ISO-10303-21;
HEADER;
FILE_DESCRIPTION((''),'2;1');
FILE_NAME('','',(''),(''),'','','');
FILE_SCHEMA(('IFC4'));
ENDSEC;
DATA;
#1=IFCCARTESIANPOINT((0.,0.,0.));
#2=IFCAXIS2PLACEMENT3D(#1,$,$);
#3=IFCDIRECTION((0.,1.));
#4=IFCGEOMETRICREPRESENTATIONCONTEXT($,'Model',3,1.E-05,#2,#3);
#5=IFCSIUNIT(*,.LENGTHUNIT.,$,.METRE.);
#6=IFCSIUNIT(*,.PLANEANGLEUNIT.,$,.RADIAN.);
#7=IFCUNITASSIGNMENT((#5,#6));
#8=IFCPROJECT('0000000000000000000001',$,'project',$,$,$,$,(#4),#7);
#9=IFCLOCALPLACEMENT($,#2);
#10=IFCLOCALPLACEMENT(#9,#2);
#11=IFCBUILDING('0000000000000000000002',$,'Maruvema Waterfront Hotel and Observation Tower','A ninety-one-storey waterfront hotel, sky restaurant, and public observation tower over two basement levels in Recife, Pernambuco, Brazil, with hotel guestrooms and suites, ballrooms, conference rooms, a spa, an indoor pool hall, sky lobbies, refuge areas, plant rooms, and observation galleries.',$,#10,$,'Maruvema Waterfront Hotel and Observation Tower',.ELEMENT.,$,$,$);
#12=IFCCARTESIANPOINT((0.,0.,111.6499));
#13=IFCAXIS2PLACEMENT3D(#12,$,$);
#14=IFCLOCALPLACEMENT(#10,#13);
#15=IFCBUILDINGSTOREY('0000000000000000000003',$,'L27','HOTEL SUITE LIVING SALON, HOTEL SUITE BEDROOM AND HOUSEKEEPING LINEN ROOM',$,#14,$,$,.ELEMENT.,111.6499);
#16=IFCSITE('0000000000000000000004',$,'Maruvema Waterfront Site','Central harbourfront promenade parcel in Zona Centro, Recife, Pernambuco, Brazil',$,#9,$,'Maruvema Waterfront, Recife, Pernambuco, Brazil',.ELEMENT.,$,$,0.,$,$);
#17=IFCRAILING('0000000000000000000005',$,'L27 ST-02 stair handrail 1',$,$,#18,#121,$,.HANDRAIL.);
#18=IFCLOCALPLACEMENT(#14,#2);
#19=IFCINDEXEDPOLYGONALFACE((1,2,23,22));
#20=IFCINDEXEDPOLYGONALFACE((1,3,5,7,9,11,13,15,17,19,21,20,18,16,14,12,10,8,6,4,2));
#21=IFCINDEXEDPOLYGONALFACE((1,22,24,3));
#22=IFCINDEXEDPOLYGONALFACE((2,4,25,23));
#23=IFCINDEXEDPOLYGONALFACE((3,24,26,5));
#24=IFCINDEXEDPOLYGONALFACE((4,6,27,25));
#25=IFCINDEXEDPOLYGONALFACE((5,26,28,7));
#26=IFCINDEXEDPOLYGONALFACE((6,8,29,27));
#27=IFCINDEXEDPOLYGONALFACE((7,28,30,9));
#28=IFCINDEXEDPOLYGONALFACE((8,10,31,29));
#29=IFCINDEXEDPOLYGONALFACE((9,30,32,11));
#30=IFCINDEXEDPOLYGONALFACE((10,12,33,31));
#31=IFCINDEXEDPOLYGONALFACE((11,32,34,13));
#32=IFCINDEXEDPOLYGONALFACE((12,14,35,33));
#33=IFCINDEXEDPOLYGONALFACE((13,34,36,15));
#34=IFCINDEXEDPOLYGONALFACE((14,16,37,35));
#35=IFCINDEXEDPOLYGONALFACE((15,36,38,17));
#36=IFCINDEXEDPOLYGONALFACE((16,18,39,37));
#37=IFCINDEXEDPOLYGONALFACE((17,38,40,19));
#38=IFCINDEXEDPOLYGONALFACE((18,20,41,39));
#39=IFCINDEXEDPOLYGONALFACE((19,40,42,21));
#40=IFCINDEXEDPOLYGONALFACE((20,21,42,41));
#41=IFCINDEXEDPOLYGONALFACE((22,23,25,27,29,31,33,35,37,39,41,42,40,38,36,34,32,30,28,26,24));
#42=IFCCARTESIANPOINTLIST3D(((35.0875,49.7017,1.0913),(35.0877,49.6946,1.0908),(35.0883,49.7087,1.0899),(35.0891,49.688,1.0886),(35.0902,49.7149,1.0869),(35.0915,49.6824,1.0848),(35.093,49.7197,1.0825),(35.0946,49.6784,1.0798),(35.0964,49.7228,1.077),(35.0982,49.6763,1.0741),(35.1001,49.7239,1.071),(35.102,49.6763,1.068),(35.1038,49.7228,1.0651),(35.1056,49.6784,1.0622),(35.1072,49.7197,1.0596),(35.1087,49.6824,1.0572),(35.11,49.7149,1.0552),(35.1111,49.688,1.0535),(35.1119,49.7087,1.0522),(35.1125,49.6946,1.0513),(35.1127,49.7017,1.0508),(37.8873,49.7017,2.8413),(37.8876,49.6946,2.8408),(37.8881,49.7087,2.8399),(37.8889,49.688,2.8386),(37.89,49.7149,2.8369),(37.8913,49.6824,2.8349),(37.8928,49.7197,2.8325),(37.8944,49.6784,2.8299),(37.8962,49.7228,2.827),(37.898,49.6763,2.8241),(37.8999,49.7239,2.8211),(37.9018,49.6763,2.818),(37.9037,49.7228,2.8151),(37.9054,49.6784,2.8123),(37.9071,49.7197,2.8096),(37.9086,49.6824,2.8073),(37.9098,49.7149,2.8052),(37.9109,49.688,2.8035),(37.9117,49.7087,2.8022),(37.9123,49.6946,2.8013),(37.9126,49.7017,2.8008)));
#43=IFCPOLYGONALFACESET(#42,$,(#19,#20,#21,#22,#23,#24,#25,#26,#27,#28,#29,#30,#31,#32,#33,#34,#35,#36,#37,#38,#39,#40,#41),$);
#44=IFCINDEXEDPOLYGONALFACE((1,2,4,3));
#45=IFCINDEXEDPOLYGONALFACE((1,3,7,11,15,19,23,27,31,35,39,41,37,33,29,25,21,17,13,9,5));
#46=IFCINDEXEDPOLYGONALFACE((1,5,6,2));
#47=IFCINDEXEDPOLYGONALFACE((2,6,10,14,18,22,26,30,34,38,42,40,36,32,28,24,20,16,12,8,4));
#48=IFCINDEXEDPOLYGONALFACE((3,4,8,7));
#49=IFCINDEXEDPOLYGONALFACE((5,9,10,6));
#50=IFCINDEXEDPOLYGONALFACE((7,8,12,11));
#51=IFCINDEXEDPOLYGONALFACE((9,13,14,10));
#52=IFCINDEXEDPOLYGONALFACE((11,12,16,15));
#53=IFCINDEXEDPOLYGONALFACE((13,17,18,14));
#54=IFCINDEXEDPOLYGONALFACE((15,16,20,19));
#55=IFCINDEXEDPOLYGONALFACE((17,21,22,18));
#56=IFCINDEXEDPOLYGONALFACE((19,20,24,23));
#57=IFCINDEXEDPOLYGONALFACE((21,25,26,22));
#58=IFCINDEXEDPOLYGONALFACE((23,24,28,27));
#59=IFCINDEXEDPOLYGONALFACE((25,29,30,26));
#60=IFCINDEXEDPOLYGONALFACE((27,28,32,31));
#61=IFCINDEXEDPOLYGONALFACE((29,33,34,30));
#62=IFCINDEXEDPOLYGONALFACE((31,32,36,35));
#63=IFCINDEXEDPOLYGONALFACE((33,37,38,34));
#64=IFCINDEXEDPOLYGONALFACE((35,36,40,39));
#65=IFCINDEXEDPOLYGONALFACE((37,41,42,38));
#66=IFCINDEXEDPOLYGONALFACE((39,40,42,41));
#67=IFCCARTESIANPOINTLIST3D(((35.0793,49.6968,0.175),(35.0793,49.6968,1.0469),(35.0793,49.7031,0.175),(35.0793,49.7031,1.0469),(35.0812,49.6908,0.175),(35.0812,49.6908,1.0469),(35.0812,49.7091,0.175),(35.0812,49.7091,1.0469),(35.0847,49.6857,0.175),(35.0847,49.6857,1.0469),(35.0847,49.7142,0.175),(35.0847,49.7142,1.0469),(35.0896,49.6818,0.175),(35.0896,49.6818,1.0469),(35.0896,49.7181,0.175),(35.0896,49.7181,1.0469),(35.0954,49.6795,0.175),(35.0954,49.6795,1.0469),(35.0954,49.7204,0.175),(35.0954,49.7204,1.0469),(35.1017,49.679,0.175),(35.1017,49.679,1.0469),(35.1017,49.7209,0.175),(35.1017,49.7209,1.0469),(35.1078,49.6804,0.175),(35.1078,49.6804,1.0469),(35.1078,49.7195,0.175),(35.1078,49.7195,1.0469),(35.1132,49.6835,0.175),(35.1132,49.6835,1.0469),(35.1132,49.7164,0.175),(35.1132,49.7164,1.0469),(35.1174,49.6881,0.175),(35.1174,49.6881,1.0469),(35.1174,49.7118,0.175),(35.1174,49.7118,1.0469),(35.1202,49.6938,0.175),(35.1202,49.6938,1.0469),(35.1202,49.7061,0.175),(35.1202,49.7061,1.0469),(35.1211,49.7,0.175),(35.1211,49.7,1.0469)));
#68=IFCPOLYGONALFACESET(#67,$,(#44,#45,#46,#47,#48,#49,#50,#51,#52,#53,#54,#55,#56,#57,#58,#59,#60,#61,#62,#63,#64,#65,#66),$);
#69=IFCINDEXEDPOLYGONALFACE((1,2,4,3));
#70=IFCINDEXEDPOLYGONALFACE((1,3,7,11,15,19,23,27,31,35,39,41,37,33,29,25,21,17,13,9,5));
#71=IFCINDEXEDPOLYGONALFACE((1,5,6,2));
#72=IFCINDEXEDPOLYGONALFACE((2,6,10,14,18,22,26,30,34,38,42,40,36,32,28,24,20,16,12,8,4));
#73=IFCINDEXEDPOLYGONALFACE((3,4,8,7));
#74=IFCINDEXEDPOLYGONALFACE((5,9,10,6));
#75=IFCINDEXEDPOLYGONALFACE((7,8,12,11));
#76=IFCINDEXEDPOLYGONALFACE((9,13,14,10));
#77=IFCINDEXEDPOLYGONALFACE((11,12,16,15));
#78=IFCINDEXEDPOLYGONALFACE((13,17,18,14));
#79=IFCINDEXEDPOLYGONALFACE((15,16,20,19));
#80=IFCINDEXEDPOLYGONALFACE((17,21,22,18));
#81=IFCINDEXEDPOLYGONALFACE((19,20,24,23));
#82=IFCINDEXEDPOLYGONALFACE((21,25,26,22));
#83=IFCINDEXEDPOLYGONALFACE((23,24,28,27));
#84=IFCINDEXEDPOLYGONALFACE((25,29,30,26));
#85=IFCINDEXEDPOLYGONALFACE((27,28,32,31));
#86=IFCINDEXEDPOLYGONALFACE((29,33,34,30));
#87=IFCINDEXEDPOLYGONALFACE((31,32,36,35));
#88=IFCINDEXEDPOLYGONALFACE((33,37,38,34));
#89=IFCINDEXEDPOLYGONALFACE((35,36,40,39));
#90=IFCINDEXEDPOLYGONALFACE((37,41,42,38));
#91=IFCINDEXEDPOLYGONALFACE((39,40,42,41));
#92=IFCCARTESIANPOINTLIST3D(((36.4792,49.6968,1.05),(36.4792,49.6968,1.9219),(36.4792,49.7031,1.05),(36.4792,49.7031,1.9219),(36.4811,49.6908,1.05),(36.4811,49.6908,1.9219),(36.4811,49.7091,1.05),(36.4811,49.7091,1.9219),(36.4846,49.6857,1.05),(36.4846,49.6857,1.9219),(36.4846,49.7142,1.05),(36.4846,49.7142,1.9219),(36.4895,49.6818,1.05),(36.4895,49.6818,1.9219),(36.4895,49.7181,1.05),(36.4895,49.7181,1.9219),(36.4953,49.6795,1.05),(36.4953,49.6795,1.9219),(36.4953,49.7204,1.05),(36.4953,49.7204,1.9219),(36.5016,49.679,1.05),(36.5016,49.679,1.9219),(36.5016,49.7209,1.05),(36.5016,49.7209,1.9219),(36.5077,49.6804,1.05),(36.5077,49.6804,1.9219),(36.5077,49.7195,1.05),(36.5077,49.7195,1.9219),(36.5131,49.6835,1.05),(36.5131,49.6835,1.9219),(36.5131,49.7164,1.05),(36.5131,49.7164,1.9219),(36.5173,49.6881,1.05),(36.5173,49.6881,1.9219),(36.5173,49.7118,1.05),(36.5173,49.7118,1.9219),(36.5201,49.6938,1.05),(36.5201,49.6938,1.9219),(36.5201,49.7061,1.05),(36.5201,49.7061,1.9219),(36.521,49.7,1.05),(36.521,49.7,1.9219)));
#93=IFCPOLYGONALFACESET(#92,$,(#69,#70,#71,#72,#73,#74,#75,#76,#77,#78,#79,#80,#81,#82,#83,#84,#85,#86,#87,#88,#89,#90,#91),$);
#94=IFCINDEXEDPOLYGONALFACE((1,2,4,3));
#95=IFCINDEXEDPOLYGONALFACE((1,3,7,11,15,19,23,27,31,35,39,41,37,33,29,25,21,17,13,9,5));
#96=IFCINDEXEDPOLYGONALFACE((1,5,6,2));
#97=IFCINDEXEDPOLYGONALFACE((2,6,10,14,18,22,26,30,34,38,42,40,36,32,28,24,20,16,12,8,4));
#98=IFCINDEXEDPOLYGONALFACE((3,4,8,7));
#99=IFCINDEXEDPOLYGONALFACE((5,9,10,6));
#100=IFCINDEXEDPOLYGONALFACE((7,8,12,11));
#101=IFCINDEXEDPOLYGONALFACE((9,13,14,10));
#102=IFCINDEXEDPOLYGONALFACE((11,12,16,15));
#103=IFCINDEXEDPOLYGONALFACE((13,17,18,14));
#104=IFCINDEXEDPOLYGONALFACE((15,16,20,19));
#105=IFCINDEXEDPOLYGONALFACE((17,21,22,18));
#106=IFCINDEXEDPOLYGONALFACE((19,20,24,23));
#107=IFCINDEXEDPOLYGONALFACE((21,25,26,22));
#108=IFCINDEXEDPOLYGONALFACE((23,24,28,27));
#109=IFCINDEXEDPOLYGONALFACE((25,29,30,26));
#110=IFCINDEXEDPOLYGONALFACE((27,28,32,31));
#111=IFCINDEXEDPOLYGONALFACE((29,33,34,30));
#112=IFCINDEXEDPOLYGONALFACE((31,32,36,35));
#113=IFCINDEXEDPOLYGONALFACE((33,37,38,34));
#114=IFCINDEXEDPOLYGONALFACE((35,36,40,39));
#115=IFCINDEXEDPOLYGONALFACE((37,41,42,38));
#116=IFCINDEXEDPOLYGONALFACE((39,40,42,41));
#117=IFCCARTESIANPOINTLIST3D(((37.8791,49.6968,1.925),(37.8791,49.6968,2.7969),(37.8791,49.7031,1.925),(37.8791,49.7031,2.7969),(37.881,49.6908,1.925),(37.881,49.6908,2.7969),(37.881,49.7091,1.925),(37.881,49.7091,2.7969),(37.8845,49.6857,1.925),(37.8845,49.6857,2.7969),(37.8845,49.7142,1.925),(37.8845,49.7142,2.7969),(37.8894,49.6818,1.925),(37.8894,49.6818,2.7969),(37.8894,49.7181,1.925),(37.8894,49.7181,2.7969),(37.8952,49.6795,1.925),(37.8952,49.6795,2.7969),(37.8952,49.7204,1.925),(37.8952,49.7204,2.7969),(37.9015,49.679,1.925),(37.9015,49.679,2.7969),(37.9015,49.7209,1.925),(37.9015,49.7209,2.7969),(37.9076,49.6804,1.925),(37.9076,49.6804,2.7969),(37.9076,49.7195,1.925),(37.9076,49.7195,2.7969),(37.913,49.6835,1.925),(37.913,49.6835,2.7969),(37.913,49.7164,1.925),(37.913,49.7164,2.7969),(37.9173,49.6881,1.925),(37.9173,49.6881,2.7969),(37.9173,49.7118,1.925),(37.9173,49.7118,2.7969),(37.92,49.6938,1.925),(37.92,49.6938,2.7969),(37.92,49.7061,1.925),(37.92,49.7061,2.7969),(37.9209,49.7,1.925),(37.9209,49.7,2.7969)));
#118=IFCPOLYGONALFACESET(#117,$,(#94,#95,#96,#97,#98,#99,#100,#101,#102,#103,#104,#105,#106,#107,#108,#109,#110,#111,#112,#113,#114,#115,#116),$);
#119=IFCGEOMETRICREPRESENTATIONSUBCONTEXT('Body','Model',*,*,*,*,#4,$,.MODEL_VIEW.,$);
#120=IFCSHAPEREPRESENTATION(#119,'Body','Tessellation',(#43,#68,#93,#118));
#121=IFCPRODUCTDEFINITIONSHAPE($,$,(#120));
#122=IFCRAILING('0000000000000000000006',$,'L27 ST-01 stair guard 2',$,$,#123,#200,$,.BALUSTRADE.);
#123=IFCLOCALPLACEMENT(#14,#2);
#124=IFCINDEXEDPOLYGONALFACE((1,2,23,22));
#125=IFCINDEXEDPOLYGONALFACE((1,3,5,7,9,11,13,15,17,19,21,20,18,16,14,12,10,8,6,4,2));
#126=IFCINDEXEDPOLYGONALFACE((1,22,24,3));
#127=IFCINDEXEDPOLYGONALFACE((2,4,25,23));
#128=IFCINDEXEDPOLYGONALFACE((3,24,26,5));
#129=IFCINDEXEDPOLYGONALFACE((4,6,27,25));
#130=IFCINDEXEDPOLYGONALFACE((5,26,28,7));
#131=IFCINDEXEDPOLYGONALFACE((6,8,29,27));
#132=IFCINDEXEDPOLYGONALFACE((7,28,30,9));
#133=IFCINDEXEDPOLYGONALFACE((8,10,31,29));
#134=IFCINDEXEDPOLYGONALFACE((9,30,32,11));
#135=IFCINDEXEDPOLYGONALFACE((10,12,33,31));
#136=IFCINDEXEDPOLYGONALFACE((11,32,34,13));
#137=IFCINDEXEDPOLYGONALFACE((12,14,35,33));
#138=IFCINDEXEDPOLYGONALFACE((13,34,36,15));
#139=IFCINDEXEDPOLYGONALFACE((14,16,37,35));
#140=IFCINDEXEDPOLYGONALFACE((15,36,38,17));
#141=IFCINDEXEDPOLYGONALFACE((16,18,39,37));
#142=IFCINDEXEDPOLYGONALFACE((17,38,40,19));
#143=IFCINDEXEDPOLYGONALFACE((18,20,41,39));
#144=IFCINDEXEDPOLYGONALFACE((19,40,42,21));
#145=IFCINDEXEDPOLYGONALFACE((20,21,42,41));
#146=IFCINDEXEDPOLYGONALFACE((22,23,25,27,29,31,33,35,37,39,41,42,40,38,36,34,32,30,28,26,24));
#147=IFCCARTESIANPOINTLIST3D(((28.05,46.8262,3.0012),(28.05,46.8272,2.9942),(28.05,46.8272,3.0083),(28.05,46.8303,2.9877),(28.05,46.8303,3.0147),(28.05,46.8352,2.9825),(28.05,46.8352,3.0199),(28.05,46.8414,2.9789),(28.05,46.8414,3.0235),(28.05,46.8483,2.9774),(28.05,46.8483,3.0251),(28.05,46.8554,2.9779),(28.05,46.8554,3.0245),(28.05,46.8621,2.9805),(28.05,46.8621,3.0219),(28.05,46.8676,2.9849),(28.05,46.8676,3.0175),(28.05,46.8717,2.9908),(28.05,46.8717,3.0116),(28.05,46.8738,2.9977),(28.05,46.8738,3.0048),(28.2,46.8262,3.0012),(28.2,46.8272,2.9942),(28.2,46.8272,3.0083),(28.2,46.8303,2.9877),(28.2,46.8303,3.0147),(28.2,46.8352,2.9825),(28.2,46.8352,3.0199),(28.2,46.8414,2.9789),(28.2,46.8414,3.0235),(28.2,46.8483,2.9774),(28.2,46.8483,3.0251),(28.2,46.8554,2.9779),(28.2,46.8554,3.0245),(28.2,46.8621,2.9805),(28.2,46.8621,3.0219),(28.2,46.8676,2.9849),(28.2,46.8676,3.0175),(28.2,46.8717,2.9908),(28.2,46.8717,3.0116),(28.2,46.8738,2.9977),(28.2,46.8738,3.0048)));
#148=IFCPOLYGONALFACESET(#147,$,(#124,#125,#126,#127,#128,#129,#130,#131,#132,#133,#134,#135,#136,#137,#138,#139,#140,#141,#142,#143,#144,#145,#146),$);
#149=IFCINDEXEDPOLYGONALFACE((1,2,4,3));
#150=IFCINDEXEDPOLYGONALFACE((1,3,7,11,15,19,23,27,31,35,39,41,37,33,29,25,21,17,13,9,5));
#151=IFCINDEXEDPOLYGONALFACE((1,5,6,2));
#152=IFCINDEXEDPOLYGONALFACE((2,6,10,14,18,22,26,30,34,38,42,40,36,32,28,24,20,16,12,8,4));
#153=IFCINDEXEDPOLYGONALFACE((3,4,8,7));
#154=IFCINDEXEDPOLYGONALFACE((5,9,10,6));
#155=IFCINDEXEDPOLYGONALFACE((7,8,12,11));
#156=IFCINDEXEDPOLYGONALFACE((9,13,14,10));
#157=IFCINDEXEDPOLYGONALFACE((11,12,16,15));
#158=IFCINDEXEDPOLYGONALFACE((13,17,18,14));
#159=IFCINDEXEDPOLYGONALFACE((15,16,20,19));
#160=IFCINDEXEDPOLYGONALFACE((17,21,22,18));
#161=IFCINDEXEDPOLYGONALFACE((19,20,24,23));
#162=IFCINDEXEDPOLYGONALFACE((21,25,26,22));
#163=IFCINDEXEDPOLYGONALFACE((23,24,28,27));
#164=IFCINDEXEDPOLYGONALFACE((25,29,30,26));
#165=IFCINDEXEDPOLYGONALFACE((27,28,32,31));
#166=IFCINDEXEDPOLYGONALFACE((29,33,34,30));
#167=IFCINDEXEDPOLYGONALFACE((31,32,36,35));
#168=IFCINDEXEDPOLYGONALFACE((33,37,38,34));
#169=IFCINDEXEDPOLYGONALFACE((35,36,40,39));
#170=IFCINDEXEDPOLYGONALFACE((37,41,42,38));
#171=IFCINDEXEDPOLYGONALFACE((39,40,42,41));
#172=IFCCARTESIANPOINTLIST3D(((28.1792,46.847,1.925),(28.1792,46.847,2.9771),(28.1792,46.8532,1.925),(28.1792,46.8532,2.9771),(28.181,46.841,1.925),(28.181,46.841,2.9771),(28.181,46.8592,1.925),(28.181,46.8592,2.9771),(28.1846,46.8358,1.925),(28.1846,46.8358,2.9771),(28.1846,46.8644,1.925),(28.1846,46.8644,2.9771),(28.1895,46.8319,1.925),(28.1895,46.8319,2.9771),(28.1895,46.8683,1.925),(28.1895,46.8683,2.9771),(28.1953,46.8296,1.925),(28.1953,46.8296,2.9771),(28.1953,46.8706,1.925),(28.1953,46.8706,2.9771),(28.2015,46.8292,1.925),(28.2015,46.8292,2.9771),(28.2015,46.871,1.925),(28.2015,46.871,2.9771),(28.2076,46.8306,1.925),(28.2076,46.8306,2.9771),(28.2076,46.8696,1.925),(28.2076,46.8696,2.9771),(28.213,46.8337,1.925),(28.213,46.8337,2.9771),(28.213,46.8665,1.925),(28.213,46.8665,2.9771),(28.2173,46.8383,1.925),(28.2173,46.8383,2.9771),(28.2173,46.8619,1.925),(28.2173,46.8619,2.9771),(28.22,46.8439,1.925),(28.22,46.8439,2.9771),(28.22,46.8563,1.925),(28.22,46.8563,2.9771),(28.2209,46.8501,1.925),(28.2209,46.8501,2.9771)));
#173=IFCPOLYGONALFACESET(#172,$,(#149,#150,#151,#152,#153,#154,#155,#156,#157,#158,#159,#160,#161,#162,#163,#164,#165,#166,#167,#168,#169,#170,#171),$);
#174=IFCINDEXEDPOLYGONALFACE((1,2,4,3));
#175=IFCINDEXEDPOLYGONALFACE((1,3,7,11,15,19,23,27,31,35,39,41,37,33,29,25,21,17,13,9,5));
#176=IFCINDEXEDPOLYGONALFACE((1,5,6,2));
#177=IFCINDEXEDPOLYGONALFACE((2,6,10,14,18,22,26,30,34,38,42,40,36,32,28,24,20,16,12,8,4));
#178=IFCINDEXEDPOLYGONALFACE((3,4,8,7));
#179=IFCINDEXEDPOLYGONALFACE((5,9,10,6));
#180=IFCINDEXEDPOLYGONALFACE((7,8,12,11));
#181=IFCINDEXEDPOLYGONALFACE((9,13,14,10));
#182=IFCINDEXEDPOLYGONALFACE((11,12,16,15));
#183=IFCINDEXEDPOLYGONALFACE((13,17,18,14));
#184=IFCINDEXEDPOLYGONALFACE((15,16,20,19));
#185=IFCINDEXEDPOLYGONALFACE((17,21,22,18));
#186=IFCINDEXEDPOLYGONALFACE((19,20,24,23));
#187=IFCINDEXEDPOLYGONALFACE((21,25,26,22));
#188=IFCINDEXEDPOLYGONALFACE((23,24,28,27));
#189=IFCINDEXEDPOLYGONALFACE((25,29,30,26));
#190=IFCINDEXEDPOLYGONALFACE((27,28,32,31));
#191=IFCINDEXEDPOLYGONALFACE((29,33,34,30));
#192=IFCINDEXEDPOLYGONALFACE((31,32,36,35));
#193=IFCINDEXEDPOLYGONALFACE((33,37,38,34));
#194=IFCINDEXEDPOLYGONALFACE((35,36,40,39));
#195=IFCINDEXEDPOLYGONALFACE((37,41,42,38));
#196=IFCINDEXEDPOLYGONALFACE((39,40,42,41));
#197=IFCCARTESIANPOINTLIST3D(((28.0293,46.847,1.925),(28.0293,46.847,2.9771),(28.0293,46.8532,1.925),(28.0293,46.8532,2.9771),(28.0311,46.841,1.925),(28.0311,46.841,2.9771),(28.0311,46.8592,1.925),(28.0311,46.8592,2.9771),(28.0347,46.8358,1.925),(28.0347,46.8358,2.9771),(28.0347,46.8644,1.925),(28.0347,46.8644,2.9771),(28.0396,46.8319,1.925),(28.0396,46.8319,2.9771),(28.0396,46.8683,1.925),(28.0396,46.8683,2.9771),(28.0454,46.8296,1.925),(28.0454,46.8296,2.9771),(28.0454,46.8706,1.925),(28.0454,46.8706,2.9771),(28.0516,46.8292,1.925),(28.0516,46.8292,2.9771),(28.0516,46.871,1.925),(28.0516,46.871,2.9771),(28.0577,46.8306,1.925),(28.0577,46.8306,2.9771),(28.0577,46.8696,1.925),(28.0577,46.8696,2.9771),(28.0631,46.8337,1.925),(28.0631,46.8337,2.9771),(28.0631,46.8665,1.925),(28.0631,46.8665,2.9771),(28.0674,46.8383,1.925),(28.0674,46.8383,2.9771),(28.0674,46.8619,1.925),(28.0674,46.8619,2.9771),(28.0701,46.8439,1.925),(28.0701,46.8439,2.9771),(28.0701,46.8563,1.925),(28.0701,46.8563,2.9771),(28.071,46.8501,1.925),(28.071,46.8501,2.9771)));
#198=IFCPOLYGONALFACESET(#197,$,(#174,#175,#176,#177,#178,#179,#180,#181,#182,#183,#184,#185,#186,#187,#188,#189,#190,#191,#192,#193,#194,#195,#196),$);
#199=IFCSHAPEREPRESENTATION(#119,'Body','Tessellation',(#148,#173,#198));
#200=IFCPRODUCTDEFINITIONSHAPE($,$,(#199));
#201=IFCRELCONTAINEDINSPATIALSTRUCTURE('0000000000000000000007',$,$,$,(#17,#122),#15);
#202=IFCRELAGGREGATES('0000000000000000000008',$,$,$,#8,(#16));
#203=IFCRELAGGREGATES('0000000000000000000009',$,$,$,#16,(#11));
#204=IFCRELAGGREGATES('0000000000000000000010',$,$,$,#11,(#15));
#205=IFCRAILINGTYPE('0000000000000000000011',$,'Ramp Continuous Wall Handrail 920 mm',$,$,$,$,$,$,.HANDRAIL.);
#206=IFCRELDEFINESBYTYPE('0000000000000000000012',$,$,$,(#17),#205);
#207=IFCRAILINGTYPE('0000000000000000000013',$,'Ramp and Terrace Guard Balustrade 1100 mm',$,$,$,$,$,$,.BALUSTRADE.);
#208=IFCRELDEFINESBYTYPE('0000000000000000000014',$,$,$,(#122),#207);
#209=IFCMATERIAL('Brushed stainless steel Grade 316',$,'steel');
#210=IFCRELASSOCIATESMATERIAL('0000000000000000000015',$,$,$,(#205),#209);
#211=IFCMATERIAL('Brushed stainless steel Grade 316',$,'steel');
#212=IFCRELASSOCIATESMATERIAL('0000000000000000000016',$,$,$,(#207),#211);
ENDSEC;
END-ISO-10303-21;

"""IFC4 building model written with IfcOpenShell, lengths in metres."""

from ifc_helpers import new_model, si_unit, direction, frame, origin, origin_2d, place, context, subcontext, project, spatial, circle, extrude, material, type_object, element, save


model = new_model("IFC4")

# Units and contexts
model_context = context("Model", 3, precision=1e-05, world=origin(), true_north=direction((0.0, 1.0)))
body_context = subcontext(model_context, "Body", "Model", "MODEL_VIEW")
ifc_project = project(units=[si_unit("LENGTHUNIT", "METRE"), si_unit("PLANEANGLEUNIT", "RADIAN")], contexts=[model_context])

# Site, building, storey
site_placement = place(None, origin())
site = spatial("IfcSite", under=ifc_project, at=site_placement, Name="Maruvema Waterfront Site", Description="Central harbourfront promenade parcel in Zona Centro, Recife, Pernambuco, Brazil", LongName="Maruvema Waterfront, Recife, Pernambuco, Brazil", CompositionType="ELEMENT", RefElevation=0.0)
building_placement = place(site_placement, origin())
building = spatial("IfcBuilding", under=site, at=building_placement, Name="Maruvema Waterfront Hotel and Observation Tower", Description="A ninety-one-storey waterfront hotel, sky restaurant, and public observation tower over two basement levels in Recife, Pernambuco, Brazil, with hotel guestrooms and suites, ballrooms, conference rooms, a spa, an indoor pool hall, sky lobbies, refuge areas, plant rooms, and observation galleries.", LongName="Maruvema Waterfront Hotel and Observation Tower", CompositionType="ELEMENT")
storey_placement = place(building_placement, frame((0.0, 0.0, 111.6499)))
storey = spatial("IfcBuildingStorey", under=building, at=storey_placement, Name="L27", Description="HOTEL SUITE LIVING SALON, HOTEL SUITE BEDROOM AND HOUSEKEEPING LINEN ROOM", CompositionType="ELEMENT", Elevation=111.6499)

# Railings
ifc_material_1 = material(Name="Brushed stainless steel Grade 316", Category="steel")
railing_type_1 = type_object("IfcRailingType", Name="Ramp Continuous Wall Handrail 920 mm", PredefinedType="HANDRAIL", material=ifc_material_1)
railing_1_placement = place(storey_placement, frame((35.1001, 49.7, 0.175)))
element("IfcRailing", 1, at=railing_1_placement, inside=storey, type_object=railing_type_1, Name="L27 ST-02 stair handrail 1", PredefinedType="HANDRAIL", context=body_context, shape_type="SweptSolid", body=[
    extrude(circle(Radius=0.0239, at=origin_2d()), frame((0.0, 0.0, 0.896), z_axis=(0.847982, 0.0, 0.530026), x_axis=(0.0, 1.0, 0.0)), (0.0, 0.0, 1.0), 3.3018),
    extrude(circle(Radius=0.021, at=origin_2d()), origin(), (0.0, 0.0, 1.0), 0.8718),
    extrude(circle(Radius=0.021, at=origin_2d()), frame((1.3999, 0.0, 0.875)), (0.0, 0.0, 1.0), 0.8718),
    extrude(circle(Radius=0.021, at=origin_2d()), frame((2.7998, 0.0, 1.75)), (0.0, 0.0, 1.0), 0.8718),
])
ifc_material_2 = material(Name="Brushed stainless steel Grade 316", Category="steel")
railing_type_2 = type_object("IfcRailingType", Name="Ramp and Terrace Guard Balustrade 1100 mm", PredefinedType="BALUSTRADE", material=ifc_material_2)
railing_2_placement = place(storey_placement, frame((28.2, 46.8501, 1.925)))
element("IfcRailing", 2, at=railing_2_placement, inside=storey, type_object=railing_type_2, Name="L27 ST-01 stair guard 2", PredefinedType="BALUSTRADE", context=body_context, shape_type="SweptSolid", body=[
    extrude(circle(Radius=0.0239, at=origin_2d()), frame((0.0, 0.0, 1.0762), z_axis=(-1.0, 0.0, 0.0), x_axis=(0.0, -1.0, 0.0)), (0.0, 0.0, 1.0), 0.1499),
    extrude(circle(Radius=0.021, at=origin_2d()), origin(), (0.0, 0.0, 1.0), 1.052),
    extrude(circle(Radius=0.021, at=origin_2d()), frame((-0.1499, 0.0, 0.0)), (0.0, 0.0, 1.0), 1.052),
])

save(model, "model.ifc")
